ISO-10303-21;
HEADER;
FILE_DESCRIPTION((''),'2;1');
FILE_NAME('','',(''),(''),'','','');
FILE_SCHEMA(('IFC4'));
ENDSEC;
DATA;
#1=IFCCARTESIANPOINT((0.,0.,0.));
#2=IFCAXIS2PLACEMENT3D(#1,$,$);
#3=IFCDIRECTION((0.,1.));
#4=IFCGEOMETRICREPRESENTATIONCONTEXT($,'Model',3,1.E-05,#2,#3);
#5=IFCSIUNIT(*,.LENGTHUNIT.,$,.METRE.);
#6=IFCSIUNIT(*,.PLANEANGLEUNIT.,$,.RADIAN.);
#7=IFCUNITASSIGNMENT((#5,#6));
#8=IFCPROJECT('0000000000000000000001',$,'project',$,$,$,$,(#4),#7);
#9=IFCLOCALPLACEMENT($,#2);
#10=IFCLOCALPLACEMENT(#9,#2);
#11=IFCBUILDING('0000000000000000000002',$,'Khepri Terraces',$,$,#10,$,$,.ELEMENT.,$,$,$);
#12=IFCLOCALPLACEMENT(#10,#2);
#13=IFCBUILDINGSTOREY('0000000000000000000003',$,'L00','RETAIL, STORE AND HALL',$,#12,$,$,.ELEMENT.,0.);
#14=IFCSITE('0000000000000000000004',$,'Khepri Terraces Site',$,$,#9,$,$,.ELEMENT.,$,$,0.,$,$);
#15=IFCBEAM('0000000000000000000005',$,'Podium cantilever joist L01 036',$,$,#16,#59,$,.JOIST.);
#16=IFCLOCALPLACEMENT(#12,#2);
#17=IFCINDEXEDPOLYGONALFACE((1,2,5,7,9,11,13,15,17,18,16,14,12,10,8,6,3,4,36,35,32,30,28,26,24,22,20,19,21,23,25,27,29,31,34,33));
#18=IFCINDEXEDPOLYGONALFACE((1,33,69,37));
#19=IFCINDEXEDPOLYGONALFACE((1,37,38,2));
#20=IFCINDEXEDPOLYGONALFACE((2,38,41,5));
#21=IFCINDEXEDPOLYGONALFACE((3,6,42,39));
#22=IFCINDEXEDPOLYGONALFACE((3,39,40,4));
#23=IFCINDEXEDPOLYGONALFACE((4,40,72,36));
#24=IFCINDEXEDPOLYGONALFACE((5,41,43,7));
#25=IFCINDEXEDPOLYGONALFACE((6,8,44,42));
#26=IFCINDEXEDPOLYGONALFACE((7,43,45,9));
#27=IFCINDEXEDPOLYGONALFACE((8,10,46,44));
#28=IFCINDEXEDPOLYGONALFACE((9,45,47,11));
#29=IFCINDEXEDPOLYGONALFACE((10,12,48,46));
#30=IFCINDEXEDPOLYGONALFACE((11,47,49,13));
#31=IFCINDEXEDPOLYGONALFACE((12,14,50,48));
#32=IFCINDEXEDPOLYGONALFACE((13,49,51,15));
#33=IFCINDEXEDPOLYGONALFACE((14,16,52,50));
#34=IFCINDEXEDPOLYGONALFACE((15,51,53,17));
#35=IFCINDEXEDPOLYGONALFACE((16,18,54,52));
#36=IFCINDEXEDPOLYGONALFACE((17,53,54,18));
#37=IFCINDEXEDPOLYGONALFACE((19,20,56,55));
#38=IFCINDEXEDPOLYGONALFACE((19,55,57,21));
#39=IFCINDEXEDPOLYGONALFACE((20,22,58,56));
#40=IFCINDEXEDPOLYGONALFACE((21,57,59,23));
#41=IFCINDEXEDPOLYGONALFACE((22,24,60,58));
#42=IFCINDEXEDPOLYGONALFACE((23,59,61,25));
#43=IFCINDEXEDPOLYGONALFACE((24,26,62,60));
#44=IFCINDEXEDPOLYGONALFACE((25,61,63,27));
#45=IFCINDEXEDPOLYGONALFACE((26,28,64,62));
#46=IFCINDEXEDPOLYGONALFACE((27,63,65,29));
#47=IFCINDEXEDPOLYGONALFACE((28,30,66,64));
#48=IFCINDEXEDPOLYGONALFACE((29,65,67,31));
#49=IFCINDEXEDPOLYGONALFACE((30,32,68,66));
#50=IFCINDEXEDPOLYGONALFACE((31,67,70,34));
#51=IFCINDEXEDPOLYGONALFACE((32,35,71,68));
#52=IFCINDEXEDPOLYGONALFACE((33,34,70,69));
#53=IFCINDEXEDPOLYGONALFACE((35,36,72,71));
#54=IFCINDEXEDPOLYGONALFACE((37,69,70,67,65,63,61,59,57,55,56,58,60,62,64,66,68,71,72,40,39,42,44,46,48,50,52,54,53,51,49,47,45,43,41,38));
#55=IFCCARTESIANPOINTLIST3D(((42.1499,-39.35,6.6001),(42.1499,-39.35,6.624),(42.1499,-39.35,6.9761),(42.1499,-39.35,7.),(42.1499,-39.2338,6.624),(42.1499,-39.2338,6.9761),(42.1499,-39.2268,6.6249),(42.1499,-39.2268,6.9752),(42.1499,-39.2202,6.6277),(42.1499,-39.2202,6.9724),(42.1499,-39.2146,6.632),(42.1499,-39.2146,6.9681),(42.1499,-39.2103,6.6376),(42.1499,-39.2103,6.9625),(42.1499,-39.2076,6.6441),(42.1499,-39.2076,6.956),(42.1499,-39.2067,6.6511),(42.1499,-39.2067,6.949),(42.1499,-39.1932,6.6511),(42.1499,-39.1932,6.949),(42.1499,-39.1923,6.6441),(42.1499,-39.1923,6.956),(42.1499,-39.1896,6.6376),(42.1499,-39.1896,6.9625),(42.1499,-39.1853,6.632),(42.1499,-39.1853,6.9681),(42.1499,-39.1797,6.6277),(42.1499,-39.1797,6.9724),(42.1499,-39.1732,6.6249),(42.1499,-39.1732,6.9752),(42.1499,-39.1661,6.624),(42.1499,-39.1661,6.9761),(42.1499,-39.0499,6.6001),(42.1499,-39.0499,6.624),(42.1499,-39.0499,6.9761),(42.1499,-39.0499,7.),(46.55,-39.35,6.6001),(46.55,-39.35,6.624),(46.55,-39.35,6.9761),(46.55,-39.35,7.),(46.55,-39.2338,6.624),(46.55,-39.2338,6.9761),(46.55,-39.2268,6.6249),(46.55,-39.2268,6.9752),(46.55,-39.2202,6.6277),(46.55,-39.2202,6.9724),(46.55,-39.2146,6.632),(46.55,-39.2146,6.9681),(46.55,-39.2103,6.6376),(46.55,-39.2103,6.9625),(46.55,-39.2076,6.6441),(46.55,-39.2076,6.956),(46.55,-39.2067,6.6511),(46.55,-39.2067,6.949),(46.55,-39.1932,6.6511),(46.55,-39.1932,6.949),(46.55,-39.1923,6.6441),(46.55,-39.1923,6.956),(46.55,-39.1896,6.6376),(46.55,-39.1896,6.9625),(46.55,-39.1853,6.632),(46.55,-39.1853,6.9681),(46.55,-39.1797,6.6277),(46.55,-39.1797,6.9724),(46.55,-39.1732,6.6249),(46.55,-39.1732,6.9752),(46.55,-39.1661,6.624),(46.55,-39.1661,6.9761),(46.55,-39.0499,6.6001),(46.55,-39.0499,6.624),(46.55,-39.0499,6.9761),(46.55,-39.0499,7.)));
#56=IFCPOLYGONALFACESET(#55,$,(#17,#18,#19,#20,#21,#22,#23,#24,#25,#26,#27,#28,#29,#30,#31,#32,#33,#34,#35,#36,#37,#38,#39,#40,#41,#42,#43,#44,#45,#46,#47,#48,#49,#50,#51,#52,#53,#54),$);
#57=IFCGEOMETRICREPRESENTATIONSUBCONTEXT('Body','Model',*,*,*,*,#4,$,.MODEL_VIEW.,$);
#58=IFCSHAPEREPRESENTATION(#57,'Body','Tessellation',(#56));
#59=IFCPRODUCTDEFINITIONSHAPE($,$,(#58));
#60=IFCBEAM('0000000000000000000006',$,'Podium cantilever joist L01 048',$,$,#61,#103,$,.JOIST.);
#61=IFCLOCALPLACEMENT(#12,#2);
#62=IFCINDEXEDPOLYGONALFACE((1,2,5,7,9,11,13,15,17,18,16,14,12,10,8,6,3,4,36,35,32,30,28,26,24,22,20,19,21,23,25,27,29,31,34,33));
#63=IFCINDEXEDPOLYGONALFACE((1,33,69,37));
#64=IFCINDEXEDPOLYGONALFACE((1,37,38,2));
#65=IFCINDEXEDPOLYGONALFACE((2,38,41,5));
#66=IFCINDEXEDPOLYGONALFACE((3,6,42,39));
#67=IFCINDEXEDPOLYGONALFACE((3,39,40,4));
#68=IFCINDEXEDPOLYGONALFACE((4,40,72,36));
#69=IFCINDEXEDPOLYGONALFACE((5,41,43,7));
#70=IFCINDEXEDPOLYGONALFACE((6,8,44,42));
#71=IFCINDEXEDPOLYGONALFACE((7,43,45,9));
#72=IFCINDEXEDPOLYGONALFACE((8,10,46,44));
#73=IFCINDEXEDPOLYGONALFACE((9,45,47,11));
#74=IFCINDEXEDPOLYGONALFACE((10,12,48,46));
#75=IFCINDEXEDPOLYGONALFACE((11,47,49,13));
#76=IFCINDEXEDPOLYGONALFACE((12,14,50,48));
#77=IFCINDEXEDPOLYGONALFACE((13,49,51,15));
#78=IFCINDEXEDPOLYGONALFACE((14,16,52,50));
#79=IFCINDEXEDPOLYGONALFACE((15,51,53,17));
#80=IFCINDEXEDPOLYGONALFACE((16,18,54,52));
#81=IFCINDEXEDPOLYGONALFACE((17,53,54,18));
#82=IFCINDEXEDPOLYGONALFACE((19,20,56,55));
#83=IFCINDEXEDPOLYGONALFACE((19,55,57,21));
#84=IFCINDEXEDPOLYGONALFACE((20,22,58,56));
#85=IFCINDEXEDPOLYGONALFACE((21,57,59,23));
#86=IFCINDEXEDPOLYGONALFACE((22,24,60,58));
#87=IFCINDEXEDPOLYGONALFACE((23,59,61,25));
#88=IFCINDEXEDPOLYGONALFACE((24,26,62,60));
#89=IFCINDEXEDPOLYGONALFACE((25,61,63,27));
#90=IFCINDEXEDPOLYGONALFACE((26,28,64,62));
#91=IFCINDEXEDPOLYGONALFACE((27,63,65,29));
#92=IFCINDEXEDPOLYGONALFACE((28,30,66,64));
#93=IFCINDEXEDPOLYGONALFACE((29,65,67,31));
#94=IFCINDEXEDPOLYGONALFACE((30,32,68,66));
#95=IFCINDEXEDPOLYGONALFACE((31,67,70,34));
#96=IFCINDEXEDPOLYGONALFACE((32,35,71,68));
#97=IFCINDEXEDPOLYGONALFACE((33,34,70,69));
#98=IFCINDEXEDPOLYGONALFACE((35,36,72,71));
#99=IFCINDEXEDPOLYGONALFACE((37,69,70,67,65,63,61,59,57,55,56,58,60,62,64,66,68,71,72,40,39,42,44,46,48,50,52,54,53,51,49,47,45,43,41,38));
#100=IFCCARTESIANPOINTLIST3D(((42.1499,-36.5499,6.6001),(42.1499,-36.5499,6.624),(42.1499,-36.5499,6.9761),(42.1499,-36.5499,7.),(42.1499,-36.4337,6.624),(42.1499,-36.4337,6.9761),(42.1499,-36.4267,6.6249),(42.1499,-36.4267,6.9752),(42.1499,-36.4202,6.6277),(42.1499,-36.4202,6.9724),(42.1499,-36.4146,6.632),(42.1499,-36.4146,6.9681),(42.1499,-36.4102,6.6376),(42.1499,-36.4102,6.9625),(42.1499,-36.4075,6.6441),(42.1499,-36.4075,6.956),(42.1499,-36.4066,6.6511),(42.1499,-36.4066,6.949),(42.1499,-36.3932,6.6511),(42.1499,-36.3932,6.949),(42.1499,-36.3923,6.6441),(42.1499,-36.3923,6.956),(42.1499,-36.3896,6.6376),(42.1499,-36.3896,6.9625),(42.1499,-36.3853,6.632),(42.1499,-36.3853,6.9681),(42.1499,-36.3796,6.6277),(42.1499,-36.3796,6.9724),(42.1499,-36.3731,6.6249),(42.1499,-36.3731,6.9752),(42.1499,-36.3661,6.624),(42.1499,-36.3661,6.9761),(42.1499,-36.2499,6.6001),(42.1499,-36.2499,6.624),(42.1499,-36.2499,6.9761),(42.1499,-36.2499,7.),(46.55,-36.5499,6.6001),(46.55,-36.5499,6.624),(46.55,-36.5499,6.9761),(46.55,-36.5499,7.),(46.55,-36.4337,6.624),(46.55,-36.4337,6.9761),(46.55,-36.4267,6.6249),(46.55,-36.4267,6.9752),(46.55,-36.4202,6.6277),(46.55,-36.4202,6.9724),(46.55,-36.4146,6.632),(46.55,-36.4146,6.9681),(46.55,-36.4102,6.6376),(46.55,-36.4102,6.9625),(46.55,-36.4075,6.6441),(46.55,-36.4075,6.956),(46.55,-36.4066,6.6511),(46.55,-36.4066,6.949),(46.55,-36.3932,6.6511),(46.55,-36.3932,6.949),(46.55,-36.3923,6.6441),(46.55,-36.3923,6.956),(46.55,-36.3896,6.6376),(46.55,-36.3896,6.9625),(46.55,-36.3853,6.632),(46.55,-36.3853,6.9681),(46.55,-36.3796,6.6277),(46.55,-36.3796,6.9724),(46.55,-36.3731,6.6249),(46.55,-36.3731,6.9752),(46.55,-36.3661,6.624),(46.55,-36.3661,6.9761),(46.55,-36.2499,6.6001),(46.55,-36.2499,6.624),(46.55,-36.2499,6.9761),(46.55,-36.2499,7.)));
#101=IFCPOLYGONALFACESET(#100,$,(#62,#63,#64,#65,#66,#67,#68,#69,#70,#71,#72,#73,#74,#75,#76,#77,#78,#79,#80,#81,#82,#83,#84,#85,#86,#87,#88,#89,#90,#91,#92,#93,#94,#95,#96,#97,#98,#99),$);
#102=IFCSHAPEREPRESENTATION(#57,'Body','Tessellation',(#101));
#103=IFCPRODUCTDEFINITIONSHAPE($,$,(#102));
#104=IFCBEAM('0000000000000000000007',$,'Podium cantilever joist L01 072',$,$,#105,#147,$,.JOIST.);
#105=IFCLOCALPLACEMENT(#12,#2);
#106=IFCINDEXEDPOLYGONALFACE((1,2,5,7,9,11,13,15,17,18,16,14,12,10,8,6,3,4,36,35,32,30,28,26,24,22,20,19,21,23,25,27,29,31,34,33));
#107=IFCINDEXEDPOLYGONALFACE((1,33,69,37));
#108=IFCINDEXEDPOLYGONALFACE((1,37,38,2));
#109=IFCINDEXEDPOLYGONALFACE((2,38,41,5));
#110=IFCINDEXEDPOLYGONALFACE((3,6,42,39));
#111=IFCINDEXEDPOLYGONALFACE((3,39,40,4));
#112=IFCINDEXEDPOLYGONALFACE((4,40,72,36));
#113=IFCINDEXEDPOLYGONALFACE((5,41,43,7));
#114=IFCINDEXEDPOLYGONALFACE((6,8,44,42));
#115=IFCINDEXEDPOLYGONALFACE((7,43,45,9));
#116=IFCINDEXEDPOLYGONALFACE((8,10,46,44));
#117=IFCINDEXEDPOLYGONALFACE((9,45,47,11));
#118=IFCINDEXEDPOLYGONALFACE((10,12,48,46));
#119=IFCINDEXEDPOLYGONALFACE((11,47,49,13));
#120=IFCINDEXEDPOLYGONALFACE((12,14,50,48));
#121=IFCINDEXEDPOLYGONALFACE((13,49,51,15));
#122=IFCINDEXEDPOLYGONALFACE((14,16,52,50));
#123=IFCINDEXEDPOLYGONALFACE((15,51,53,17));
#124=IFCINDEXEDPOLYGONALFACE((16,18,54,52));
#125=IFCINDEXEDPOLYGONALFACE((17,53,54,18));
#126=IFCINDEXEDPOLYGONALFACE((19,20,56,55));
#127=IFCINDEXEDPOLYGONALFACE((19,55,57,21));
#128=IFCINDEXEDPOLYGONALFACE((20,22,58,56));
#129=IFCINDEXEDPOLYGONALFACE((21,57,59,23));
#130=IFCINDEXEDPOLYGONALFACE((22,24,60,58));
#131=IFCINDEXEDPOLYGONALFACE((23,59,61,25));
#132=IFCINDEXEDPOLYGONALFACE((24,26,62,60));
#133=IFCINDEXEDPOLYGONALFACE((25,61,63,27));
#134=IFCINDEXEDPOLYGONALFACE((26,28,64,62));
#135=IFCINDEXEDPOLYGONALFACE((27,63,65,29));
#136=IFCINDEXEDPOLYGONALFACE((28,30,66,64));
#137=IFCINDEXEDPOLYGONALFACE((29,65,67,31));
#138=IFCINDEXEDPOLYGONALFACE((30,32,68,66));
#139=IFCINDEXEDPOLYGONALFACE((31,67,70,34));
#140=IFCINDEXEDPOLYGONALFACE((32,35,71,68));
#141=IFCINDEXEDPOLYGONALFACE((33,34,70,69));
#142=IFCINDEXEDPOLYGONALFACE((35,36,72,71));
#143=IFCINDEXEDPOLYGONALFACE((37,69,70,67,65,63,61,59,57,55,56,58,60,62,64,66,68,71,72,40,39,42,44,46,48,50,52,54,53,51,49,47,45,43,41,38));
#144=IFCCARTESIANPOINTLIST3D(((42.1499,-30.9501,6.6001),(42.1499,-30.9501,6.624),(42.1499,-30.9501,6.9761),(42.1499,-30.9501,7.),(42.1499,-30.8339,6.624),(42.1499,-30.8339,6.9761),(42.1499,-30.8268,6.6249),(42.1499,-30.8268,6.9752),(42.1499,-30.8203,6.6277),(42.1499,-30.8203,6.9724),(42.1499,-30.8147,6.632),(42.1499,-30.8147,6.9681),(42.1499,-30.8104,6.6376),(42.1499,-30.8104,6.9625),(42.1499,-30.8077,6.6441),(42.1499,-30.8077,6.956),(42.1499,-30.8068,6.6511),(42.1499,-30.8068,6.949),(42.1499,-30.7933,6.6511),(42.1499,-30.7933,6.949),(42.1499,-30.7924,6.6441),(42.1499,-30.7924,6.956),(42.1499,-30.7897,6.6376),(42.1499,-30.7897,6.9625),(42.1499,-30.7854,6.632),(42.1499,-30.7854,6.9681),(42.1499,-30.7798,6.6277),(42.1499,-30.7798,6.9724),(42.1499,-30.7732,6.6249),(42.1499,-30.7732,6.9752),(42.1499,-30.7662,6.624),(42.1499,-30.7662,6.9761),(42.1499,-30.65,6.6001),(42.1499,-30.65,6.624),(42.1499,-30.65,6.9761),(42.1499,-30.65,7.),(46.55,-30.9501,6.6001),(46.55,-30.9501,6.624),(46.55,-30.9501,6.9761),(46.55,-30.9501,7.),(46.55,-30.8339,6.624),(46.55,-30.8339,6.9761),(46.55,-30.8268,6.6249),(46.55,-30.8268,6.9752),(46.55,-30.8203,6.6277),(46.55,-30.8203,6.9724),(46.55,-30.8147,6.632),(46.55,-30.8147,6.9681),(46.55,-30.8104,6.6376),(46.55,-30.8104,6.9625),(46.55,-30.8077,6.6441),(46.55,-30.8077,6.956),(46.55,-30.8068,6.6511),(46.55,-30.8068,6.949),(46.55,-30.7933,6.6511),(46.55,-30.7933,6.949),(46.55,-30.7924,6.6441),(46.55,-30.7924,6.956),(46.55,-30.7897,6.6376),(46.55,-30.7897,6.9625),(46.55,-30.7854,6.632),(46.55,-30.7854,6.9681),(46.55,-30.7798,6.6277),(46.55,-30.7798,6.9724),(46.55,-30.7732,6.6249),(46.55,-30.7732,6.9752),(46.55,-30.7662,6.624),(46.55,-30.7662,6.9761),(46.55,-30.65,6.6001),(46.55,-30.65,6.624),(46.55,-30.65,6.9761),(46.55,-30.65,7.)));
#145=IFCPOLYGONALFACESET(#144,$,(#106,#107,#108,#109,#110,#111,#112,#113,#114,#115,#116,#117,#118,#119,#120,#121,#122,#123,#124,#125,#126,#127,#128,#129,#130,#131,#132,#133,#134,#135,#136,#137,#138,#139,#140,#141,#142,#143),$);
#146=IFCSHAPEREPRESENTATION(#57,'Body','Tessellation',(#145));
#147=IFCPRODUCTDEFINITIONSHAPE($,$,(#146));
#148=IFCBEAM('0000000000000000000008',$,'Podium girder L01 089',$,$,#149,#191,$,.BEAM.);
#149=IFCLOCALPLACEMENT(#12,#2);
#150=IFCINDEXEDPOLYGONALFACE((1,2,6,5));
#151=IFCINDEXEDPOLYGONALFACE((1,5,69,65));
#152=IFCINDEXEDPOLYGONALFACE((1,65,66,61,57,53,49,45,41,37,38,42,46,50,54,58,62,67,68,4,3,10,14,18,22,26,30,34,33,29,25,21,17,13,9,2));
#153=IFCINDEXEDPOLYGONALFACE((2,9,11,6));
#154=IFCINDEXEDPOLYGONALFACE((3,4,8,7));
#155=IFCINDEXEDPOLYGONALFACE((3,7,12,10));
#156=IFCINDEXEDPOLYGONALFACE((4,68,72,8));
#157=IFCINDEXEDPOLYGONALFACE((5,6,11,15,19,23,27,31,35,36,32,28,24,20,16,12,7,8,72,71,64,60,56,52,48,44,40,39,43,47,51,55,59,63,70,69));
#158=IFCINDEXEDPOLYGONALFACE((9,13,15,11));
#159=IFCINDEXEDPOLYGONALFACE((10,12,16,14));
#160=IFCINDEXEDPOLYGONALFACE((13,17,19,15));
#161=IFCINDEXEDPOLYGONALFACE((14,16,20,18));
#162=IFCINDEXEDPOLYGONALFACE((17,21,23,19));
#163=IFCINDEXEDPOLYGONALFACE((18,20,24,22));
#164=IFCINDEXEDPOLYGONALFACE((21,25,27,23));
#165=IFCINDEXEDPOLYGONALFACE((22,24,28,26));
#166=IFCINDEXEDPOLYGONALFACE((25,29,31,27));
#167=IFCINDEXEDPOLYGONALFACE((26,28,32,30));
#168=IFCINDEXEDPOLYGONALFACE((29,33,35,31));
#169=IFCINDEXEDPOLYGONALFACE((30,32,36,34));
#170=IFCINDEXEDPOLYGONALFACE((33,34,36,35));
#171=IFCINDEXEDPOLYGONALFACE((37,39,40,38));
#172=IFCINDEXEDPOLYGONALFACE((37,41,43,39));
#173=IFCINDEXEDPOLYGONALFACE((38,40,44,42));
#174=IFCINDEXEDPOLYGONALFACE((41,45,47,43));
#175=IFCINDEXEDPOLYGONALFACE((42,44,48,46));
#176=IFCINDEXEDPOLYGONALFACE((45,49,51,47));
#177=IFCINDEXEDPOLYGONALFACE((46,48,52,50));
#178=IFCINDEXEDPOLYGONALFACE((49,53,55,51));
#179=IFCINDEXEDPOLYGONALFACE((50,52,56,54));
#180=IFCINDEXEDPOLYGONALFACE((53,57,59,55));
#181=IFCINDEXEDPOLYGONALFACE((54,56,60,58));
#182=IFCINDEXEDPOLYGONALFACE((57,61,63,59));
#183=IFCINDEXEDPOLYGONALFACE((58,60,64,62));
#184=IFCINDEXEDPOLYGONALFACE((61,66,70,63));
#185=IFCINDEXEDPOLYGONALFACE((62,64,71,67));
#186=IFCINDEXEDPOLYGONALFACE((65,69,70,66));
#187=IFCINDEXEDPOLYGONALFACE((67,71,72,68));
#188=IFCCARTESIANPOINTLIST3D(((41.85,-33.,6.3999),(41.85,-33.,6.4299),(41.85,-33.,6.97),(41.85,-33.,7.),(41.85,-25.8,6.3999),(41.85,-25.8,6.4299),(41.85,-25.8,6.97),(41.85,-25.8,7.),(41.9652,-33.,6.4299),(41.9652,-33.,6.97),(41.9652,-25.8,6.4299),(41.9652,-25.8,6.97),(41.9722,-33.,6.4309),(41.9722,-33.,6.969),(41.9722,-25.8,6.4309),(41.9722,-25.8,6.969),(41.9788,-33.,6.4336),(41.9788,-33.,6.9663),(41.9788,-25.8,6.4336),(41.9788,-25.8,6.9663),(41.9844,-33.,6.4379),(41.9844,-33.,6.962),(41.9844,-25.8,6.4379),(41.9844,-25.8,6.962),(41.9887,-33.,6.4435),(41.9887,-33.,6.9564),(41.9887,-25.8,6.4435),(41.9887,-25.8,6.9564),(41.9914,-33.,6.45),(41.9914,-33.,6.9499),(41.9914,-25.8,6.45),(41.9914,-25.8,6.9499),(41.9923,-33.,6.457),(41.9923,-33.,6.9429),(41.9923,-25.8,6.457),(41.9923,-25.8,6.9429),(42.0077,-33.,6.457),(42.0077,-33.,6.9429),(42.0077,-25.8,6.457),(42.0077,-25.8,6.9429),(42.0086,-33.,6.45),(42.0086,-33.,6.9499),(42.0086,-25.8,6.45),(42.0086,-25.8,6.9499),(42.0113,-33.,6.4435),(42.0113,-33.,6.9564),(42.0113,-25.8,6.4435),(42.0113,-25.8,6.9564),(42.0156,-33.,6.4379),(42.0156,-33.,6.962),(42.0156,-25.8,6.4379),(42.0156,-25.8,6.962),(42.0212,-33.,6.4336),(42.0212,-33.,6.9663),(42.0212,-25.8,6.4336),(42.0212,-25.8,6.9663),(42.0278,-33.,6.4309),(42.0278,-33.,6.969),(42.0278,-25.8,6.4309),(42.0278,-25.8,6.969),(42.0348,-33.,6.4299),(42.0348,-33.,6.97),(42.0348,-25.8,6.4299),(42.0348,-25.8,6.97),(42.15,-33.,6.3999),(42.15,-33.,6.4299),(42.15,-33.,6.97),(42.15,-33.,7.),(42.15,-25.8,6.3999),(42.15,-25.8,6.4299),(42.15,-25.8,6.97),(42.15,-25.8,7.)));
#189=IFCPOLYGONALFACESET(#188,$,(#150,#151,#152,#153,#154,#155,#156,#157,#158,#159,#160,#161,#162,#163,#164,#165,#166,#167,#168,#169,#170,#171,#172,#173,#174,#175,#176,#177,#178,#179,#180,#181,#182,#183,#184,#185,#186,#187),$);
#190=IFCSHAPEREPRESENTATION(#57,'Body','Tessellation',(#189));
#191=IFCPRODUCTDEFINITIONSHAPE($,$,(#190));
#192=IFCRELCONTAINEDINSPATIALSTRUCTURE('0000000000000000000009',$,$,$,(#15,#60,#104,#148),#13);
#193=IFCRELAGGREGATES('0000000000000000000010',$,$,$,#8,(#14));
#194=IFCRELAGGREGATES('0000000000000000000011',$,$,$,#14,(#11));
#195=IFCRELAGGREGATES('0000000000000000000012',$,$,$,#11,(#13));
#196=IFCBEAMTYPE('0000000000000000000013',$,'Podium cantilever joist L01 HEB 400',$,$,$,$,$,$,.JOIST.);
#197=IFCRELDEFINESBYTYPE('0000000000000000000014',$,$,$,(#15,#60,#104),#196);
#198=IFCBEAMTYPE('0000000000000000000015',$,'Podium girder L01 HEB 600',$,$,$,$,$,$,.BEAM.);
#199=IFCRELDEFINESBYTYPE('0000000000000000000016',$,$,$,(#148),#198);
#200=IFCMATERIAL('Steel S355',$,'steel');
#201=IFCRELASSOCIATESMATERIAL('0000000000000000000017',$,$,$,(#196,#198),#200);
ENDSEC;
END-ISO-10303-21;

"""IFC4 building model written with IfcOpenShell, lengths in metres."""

from ifc_helpers import new_model, si_unit, direction, frame, origin, origin_2d, place, context, subcontext, project, spatial, i_section, extrude, material, material_profile, profile_set, type_object, element, save


model = new_model("IFC4")

# Units and contexts
model_context = context("Model", 3, precision=1e-05, world=origin(), true_north=direction((0.0, 1.0)))
body_context = subcontext(model_context, "Body", "Model", "MODEL_VIEW")
ifc_project = project(units=[si_unit("LENGTHUNIT", "METRE"), si_unit("PLANEANGLEUNIT", "RADIAN")], contexts=[model_context])

# Site, building, storey
site_placement = place(None, origin())
site = spatial("IfcSite", under=ifc_project, at=site_placement, Name="Khepri Terraces Site", CompositionType="ELEMENT", RefElevation=0.0)
building_placement = place(site_placement, origin())
building = spatial("IfcBuilding", under=site, at=building_placement, Name="Khepri Terraces", CompositionType="ELEMENT")
storey_placement = place(building_placement, origin())
storey = spatial("IfcBuildingStorey", under=building, at=storey_placement, Name="L00", Description="RETAIL, STORE AND HALL", CompositionType="ELEMENT", Elevation=0.0)

# Beams
ifc_material_1 = material(Name="Steel S355", Category="steel")
ifc_material_profile_1 = material_profile(ifc_material_1, i_section(OverallWidth=0.3, OverallDepth=0.3999, WebThickness=0.0134, FlangeThickness=0.0239, FilletRadius=0.0271, at=origin_2d()), Name="Steel S355", Category="steel")
ifc_profile_set_1 = profile_set([ifc_material_profile_1], Name="Steel S355")
beam_type_1 = type_object("IfcBeamType", Name="Podium cantilever joist L01 HEB 400", PredefinedType="JOIST", material=ifc_profile_set_1)
for number, where, z_axis, x_axis, name in (
    (1, (42.1499, -39.2, 6.8), (1.0, 0.0, 0.0), (0.0, 1.0, 0.0), "Podium cantilever joist L01 036"),
    (2, (42.1499, -36.3999, 6.8), (1.0, 0.0, 0.0), (0.0, 1.0, 0.0), "Podium cantilever joist L01 048"),
    (3, (42.1499, -30.8, 6.8), (1.0, 0.0, 0.0), (0.0, 1.0, 0.0), "Podium cantilever joist L01 072"),
):
    element("IfcBeam", number, at=place(storey_placement, frame(where, z_axis=z_axis, x_axis=x_axis)), inside=storey, type_object=beam_type_1, Name=name, PredefinedType="JOIST", context=body_context, shape_type="SweptSolid", body=[
        extrude(i_section(OverallWidth=0.3, OverallDepth=0.3999, WebThickness=0.0134, FlangeThickness=0.0239, FilletRadius=0.0271, at=origin_2d()), origin(), (0.0, 0.0, 1.0), 4.4001),
    ])
ifc_material_profile_2 = material_profile(ifc_material_1, i_section(OverallWidth=0.3, OverallDepth=0.6001, WebThickness=0.0154, FlangeThickness=0.03, FilletRadius=0.0271, at=origin_2d()), Name="Steel S355", Category="steel")
ifc_profile_set_2 = profile_set([ifc_material_profile_2], Name="Steel S355")
beam_type_2 = type_object("IfcBeamType", Name="Podium girder L01 HEB 600", PredefinedType="BEAM", material=ifc_profile_set_2)
beam_1_placement = place(storey_placement, frame((42.0, -33.0, 6.7), z_axis=(0.0, 1.0, 0.0), x_axis=(-1.0, 0.0, 0.0)))
element("IfcBeam", 4, at=beam_1_placement, inside=storey, type_object=beam_type_2, Name="Podium girder L01 089", PredefinedType="BEAM", context=body_context, shape_type="SweptSolid", body=[
    extrude(i_section(OverallWidth=0.3, OverallDepth=0.6001, WebThickness=0.0154, FlangeThickness=0.03, FilletRadius=0.0271, at=origin_2d()), origin(), (0.0, 0.0, 1.0), 7.2),
])

save(model, "model.ifc")
